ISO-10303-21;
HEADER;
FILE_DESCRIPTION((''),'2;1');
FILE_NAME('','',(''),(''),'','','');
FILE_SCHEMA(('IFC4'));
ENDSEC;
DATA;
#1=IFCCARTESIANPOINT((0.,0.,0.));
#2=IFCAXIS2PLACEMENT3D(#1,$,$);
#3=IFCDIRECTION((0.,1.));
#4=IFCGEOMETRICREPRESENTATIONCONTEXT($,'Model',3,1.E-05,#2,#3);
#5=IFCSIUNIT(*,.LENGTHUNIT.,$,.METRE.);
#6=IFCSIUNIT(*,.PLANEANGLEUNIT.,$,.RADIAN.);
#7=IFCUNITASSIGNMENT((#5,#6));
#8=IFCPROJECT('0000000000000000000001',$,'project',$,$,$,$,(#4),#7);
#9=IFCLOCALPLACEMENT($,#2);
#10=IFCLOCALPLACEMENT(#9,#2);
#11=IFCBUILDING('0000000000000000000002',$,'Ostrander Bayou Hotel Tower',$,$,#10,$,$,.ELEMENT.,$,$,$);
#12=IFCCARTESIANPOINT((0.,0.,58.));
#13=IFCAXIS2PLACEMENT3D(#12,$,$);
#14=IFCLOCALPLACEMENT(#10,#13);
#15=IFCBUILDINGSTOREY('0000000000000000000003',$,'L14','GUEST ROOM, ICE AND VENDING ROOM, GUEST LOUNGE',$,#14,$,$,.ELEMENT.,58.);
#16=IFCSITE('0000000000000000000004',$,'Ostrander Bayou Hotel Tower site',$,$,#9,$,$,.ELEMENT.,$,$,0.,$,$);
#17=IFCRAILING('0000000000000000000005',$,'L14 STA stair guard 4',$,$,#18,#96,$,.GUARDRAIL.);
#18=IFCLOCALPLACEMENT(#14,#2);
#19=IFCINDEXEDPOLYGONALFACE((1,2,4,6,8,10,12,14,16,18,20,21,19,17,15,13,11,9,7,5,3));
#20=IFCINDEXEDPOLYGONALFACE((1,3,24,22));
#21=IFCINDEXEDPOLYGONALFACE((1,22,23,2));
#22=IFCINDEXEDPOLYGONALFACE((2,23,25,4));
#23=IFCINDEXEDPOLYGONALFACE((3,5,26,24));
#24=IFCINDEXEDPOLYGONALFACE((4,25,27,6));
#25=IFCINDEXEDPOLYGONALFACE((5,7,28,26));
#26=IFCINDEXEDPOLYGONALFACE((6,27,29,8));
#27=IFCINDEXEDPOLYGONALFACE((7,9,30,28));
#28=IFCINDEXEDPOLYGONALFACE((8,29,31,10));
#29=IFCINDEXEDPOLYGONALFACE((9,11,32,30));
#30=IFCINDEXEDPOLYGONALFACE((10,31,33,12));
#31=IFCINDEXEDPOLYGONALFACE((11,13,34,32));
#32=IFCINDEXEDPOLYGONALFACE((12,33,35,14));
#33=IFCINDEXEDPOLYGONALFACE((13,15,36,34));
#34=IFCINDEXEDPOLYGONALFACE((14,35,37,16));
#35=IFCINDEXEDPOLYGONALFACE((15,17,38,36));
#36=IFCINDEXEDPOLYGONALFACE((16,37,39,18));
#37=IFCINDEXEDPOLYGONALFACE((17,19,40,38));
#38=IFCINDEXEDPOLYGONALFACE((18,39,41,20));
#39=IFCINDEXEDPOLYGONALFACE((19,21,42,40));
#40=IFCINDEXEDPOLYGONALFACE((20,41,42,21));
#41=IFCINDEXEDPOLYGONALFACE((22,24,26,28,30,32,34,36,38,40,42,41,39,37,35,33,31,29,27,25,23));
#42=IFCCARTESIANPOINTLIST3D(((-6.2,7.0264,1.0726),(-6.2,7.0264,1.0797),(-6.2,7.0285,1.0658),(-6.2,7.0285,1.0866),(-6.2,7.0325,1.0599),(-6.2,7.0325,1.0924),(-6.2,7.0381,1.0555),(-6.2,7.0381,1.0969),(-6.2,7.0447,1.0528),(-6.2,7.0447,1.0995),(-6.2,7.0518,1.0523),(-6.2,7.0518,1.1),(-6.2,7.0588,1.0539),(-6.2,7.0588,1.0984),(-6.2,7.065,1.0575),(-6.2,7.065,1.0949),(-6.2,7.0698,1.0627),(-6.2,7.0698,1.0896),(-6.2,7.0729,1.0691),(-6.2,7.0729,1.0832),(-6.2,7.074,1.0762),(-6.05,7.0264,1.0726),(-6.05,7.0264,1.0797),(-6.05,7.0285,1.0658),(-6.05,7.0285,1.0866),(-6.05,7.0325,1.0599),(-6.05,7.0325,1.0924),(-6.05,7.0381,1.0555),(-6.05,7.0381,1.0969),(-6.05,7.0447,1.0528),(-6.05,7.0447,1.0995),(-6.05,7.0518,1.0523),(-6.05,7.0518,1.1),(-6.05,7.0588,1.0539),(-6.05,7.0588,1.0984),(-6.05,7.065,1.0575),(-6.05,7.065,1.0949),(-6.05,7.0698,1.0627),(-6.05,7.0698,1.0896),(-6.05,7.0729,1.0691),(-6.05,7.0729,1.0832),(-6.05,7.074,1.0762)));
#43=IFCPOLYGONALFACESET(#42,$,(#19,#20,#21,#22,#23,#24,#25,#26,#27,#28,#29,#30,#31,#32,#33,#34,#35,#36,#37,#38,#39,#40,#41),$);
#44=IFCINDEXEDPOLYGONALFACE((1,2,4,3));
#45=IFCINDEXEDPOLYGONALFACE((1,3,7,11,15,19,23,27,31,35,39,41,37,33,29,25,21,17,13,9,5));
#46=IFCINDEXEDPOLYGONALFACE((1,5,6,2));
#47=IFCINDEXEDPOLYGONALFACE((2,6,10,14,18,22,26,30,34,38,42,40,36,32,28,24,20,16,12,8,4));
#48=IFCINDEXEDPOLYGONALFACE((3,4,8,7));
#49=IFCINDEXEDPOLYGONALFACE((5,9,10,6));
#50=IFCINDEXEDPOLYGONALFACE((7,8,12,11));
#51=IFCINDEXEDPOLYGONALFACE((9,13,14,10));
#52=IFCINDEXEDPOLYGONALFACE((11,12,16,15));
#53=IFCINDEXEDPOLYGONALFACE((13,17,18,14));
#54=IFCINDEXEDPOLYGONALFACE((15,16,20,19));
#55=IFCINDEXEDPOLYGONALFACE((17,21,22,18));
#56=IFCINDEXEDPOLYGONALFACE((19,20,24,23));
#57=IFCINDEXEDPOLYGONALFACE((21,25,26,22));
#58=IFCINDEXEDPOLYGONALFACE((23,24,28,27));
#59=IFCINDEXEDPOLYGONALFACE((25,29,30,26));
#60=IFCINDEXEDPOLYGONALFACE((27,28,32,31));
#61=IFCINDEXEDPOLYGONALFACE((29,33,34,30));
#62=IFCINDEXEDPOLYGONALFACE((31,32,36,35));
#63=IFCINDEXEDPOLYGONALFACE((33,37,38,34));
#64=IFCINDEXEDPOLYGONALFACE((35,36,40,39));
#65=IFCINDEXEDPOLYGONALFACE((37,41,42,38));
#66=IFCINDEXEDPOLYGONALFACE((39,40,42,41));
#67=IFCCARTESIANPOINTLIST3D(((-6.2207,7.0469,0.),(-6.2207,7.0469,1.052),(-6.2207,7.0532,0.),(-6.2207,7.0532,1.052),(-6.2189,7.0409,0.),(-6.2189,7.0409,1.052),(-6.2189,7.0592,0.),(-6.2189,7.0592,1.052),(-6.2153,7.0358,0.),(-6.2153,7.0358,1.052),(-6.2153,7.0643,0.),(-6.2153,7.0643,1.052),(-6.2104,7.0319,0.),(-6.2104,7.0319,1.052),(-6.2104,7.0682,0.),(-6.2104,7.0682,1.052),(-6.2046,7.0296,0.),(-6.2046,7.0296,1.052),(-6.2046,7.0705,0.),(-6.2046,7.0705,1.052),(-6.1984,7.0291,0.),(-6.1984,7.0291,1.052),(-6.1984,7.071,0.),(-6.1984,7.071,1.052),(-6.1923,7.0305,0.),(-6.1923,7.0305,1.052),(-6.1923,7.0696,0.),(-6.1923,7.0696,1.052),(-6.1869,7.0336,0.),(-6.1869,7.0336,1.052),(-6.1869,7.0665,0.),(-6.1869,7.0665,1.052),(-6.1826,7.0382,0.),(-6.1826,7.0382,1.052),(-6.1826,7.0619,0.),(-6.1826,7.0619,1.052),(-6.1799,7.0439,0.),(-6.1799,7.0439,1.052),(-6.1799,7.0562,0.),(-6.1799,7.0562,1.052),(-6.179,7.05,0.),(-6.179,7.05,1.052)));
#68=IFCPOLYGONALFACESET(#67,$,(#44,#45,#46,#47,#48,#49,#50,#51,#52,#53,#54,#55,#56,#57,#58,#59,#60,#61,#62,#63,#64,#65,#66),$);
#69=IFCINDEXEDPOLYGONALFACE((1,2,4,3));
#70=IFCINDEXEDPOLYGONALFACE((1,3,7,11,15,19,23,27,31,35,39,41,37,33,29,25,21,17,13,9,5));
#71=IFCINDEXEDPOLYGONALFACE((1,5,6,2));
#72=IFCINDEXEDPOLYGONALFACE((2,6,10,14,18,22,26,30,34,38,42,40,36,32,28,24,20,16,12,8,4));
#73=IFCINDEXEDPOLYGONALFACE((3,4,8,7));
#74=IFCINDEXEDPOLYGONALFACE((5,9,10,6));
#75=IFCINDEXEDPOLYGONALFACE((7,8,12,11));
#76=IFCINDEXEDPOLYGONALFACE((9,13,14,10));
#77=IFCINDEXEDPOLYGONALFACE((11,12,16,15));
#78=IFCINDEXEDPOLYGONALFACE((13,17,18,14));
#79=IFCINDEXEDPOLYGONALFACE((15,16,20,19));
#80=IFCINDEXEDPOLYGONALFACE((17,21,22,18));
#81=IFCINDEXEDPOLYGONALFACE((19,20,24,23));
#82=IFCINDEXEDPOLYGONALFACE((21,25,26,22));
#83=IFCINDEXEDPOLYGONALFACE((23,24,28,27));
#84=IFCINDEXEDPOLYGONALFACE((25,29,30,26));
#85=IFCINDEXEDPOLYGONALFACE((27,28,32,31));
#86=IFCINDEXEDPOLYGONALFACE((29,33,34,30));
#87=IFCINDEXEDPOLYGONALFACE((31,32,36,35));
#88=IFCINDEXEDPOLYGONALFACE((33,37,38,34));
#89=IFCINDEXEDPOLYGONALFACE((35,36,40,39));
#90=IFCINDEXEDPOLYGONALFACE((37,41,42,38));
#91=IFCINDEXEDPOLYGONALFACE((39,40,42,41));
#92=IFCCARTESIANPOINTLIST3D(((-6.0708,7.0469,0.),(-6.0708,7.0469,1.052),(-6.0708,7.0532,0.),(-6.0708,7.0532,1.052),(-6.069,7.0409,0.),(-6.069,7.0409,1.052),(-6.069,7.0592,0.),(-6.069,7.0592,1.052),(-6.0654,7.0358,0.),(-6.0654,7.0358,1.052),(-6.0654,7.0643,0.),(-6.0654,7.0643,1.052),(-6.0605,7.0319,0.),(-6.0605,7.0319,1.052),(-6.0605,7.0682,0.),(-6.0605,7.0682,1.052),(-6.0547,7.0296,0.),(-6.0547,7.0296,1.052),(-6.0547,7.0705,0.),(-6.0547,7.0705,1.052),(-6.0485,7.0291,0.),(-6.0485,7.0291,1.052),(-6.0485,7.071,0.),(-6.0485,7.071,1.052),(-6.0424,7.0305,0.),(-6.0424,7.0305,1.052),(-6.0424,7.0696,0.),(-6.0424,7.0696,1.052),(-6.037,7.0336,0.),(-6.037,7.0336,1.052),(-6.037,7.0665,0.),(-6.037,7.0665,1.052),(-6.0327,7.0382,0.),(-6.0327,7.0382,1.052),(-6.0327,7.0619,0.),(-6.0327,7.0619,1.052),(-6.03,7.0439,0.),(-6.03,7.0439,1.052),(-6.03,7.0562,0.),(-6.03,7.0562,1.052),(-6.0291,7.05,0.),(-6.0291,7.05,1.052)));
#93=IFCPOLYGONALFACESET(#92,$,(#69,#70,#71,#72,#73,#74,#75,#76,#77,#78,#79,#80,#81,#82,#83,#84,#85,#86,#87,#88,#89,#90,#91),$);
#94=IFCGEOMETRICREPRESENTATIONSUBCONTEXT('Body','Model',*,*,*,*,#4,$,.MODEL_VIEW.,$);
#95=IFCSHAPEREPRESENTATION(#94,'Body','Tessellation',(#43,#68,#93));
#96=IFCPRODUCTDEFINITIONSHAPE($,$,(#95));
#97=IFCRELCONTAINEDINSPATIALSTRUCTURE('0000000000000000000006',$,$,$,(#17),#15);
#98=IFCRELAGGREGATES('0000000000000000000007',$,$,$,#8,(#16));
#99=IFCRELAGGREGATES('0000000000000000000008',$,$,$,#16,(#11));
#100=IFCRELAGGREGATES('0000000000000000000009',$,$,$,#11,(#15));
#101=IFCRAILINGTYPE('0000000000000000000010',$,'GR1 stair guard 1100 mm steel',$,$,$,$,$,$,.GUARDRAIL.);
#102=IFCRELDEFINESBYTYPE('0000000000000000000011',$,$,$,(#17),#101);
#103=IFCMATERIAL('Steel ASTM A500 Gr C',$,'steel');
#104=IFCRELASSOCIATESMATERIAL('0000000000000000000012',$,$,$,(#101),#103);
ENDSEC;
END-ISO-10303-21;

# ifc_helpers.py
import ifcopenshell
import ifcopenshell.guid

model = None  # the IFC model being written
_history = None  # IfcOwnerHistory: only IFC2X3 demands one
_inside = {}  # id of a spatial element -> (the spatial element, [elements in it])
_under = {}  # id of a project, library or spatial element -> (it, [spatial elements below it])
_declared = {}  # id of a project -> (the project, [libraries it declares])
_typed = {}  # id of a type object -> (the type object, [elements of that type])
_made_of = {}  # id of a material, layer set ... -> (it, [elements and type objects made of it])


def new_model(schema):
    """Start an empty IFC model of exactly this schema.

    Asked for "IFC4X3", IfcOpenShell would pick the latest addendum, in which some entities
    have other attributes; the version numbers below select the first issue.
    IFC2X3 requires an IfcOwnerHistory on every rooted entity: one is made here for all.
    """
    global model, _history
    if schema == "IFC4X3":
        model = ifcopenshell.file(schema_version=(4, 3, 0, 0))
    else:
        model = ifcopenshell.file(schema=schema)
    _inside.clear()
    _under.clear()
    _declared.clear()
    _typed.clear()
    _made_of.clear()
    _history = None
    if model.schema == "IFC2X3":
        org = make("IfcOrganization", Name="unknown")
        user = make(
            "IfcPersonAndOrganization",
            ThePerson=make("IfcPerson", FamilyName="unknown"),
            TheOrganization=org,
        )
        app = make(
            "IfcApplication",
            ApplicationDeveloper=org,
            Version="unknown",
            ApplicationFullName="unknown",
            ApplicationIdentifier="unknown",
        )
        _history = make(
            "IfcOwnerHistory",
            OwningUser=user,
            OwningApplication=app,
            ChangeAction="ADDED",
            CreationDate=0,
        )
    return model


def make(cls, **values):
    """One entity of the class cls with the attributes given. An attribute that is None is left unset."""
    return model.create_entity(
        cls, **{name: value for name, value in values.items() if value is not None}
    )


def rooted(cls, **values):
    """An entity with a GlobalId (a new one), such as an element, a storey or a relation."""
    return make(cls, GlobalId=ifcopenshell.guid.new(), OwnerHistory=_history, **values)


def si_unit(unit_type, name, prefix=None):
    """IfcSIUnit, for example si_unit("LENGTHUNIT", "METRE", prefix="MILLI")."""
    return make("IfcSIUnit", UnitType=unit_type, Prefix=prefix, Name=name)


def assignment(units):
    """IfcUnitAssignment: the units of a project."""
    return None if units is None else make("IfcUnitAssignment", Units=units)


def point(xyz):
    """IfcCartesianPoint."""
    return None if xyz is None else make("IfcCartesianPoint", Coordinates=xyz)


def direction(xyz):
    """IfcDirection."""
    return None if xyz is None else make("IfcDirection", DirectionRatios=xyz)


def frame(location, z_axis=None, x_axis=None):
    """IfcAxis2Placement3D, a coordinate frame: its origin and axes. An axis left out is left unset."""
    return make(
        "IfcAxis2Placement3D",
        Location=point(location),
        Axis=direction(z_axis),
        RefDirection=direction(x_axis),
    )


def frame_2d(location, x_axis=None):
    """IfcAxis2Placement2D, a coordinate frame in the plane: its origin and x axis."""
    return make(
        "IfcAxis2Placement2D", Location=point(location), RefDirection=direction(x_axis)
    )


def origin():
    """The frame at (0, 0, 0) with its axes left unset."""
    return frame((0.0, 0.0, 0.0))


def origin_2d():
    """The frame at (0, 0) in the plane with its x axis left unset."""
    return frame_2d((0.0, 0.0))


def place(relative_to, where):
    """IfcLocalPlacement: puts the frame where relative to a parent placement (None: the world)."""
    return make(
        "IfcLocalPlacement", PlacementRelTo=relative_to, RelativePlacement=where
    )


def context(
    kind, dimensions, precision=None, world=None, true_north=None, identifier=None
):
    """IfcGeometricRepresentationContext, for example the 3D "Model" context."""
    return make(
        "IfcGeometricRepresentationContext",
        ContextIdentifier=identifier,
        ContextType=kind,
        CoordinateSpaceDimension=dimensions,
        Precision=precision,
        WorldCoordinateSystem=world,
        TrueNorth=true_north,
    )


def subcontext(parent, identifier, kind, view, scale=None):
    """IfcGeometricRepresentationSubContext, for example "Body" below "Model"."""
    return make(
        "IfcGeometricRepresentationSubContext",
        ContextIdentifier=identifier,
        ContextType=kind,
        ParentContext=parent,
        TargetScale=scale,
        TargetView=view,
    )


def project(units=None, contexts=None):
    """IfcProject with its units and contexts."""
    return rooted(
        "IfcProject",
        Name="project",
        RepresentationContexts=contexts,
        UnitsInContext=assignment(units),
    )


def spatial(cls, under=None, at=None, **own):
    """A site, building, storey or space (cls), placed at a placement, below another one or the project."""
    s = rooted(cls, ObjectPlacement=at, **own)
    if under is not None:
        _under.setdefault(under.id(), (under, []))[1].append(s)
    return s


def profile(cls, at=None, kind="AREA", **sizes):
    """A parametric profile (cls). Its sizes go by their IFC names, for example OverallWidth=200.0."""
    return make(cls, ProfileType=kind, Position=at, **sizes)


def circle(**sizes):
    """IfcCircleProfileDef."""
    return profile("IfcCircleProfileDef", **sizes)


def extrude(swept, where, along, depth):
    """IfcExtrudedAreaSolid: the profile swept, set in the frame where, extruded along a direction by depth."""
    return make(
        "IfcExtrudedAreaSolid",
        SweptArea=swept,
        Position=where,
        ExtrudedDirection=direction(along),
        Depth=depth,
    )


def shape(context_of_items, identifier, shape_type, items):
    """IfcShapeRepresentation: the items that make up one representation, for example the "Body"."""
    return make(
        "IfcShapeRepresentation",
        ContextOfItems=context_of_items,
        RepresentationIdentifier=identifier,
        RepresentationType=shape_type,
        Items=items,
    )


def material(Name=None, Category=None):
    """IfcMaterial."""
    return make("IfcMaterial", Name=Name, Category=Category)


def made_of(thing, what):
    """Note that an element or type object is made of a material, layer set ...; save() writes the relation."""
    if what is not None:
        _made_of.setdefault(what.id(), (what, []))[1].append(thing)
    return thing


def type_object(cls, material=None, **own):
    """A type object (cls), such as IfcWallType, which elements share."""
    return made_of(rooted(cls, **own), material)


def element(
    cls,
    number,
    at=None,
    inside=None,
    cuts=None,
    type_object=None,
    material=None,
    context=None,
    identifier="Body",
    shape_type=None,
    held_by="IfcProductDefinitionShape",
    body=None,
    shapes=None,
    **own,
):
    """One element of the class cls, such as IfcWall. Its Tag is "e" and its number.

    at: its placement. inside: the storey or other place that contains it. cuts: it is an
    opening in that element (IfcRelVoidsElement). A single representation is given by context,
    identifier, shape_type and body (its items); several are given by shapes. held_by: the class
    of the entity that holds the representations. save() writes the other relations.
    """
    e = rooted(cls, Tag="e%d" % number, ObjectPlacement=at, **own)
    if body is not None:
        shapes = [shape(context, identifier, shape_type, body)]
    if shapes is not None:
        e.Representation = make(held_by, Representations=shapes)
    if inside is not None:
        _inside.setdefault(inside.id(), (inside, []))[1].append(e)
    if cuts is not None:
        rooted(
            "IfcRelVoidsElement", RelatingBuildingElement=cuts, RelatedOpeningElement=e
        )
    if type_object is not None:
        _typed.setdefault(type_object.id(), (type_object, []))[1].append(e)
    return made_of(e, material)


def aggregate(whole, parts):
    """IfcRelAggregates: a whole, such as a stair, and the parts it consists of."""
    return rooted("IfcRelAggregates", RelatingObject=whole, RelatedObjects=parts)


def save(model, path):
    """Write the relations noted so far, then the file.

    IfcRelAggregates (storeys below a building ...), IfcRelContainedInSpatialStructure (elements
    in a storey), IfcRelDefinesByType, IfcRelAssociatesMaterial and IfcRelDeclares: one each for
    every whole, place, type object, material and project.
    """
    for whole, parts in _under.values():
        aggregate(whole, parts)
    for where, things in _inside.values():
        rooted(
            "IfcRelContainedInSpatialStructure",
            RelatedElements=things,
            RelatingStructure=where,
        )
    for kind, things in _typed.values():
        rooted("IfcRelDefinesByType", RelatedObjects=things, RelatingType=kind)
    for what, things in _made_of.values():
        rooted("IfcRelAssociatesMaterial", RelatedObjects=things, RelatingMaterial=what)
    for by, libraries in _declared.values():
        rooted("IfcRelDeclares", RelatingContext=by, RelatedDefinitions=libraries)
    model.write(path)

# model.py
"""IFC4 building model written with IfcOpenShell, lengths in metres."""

from ifc_helpers import new_model, si_unit, direction, frame, origin, origin_2d, place, context, subcontext, project, spatial, circle, extrude, material, type_object, element, save


model = new_model("IFC4")

# Units and contexts
model_context = context("Model", 3, precision=1e-05, world=origin(), true_north=direction((0.0, 1.0)))
body_context = subcontext(model_context, "Body", "Model", "MODEL_VIEW")
ifc_project = project(units=[si_unit("LENGTHUNIT", "METRE"), si_unit("PLANEANGLEUNIT", "RADIAN")], contexts=[model_context])

# Site, building, storey
site_placement = place(None, origin())
site = spatial("IfcSite", under=ifc_project, at=site_placement, Name="Ostrander Bayou Hotel Tower site", CompositionType="ELEMENT", RefElevation=0.0)
building_placement = place(site_placement, origin())
building = spatial("IfcBuilding", under=site, at=building_placement, Name="Ostrander Bayou Hotel Tower", CompositionType="ELEMENT")
storey_placement = place(building_placement, frame((0.0, 0.0, 58.0)))
storey = spatial("IfcBuildingStorey", under=building, at=storey_placement, Name="L14", Description="GUEST ROOM, ICE AND VENDING ROOM, GUEST LOUNGE", CompositionType="ELEMENT", Elevation=58.0)

# Railing
ifc_material_1 = material(Name="Steel ASTM A500 Gr C", Category="steel")
railing_type = type_object("IfcRailingType", Name="GR1 stair guard 1100 mm steel", PredefinedType="GUARDRAIL", material=ifc_material_1)
railing_1_placement = place(storey_placement, frame((-6.2, 7.05, 0.0)))
element("IfcRailing", 1, at=railing_1_placement, inside=storey, type_object=railing_type, Name="L14 STA stair guard 4", PredefinedType="GUARDRAIL", context=body_context, shape_type="SweptSolid", body=[
    extrude(circle(Radius=0.0239, at=origin_2d()), frame((0.0, 0.0, 1.0762), z_axis=(1.0, 0.0, 0.0), x_axis=(0.0, 1.0, 0.0)), (0.0, 0.0, 1.0), 0.1499),
    extrude(circle(Radius=0.021, at=origin_2d()), origin(), (0.0, 0.0, 1.0), 1.052),
    extrude(circle(Radius=0.021, at=origin_2d()), frame((0.1499, 0.0, 0.0)), (0.0, 0.0, 1.0), 1.052),
])

save(model, "model.ifc")
